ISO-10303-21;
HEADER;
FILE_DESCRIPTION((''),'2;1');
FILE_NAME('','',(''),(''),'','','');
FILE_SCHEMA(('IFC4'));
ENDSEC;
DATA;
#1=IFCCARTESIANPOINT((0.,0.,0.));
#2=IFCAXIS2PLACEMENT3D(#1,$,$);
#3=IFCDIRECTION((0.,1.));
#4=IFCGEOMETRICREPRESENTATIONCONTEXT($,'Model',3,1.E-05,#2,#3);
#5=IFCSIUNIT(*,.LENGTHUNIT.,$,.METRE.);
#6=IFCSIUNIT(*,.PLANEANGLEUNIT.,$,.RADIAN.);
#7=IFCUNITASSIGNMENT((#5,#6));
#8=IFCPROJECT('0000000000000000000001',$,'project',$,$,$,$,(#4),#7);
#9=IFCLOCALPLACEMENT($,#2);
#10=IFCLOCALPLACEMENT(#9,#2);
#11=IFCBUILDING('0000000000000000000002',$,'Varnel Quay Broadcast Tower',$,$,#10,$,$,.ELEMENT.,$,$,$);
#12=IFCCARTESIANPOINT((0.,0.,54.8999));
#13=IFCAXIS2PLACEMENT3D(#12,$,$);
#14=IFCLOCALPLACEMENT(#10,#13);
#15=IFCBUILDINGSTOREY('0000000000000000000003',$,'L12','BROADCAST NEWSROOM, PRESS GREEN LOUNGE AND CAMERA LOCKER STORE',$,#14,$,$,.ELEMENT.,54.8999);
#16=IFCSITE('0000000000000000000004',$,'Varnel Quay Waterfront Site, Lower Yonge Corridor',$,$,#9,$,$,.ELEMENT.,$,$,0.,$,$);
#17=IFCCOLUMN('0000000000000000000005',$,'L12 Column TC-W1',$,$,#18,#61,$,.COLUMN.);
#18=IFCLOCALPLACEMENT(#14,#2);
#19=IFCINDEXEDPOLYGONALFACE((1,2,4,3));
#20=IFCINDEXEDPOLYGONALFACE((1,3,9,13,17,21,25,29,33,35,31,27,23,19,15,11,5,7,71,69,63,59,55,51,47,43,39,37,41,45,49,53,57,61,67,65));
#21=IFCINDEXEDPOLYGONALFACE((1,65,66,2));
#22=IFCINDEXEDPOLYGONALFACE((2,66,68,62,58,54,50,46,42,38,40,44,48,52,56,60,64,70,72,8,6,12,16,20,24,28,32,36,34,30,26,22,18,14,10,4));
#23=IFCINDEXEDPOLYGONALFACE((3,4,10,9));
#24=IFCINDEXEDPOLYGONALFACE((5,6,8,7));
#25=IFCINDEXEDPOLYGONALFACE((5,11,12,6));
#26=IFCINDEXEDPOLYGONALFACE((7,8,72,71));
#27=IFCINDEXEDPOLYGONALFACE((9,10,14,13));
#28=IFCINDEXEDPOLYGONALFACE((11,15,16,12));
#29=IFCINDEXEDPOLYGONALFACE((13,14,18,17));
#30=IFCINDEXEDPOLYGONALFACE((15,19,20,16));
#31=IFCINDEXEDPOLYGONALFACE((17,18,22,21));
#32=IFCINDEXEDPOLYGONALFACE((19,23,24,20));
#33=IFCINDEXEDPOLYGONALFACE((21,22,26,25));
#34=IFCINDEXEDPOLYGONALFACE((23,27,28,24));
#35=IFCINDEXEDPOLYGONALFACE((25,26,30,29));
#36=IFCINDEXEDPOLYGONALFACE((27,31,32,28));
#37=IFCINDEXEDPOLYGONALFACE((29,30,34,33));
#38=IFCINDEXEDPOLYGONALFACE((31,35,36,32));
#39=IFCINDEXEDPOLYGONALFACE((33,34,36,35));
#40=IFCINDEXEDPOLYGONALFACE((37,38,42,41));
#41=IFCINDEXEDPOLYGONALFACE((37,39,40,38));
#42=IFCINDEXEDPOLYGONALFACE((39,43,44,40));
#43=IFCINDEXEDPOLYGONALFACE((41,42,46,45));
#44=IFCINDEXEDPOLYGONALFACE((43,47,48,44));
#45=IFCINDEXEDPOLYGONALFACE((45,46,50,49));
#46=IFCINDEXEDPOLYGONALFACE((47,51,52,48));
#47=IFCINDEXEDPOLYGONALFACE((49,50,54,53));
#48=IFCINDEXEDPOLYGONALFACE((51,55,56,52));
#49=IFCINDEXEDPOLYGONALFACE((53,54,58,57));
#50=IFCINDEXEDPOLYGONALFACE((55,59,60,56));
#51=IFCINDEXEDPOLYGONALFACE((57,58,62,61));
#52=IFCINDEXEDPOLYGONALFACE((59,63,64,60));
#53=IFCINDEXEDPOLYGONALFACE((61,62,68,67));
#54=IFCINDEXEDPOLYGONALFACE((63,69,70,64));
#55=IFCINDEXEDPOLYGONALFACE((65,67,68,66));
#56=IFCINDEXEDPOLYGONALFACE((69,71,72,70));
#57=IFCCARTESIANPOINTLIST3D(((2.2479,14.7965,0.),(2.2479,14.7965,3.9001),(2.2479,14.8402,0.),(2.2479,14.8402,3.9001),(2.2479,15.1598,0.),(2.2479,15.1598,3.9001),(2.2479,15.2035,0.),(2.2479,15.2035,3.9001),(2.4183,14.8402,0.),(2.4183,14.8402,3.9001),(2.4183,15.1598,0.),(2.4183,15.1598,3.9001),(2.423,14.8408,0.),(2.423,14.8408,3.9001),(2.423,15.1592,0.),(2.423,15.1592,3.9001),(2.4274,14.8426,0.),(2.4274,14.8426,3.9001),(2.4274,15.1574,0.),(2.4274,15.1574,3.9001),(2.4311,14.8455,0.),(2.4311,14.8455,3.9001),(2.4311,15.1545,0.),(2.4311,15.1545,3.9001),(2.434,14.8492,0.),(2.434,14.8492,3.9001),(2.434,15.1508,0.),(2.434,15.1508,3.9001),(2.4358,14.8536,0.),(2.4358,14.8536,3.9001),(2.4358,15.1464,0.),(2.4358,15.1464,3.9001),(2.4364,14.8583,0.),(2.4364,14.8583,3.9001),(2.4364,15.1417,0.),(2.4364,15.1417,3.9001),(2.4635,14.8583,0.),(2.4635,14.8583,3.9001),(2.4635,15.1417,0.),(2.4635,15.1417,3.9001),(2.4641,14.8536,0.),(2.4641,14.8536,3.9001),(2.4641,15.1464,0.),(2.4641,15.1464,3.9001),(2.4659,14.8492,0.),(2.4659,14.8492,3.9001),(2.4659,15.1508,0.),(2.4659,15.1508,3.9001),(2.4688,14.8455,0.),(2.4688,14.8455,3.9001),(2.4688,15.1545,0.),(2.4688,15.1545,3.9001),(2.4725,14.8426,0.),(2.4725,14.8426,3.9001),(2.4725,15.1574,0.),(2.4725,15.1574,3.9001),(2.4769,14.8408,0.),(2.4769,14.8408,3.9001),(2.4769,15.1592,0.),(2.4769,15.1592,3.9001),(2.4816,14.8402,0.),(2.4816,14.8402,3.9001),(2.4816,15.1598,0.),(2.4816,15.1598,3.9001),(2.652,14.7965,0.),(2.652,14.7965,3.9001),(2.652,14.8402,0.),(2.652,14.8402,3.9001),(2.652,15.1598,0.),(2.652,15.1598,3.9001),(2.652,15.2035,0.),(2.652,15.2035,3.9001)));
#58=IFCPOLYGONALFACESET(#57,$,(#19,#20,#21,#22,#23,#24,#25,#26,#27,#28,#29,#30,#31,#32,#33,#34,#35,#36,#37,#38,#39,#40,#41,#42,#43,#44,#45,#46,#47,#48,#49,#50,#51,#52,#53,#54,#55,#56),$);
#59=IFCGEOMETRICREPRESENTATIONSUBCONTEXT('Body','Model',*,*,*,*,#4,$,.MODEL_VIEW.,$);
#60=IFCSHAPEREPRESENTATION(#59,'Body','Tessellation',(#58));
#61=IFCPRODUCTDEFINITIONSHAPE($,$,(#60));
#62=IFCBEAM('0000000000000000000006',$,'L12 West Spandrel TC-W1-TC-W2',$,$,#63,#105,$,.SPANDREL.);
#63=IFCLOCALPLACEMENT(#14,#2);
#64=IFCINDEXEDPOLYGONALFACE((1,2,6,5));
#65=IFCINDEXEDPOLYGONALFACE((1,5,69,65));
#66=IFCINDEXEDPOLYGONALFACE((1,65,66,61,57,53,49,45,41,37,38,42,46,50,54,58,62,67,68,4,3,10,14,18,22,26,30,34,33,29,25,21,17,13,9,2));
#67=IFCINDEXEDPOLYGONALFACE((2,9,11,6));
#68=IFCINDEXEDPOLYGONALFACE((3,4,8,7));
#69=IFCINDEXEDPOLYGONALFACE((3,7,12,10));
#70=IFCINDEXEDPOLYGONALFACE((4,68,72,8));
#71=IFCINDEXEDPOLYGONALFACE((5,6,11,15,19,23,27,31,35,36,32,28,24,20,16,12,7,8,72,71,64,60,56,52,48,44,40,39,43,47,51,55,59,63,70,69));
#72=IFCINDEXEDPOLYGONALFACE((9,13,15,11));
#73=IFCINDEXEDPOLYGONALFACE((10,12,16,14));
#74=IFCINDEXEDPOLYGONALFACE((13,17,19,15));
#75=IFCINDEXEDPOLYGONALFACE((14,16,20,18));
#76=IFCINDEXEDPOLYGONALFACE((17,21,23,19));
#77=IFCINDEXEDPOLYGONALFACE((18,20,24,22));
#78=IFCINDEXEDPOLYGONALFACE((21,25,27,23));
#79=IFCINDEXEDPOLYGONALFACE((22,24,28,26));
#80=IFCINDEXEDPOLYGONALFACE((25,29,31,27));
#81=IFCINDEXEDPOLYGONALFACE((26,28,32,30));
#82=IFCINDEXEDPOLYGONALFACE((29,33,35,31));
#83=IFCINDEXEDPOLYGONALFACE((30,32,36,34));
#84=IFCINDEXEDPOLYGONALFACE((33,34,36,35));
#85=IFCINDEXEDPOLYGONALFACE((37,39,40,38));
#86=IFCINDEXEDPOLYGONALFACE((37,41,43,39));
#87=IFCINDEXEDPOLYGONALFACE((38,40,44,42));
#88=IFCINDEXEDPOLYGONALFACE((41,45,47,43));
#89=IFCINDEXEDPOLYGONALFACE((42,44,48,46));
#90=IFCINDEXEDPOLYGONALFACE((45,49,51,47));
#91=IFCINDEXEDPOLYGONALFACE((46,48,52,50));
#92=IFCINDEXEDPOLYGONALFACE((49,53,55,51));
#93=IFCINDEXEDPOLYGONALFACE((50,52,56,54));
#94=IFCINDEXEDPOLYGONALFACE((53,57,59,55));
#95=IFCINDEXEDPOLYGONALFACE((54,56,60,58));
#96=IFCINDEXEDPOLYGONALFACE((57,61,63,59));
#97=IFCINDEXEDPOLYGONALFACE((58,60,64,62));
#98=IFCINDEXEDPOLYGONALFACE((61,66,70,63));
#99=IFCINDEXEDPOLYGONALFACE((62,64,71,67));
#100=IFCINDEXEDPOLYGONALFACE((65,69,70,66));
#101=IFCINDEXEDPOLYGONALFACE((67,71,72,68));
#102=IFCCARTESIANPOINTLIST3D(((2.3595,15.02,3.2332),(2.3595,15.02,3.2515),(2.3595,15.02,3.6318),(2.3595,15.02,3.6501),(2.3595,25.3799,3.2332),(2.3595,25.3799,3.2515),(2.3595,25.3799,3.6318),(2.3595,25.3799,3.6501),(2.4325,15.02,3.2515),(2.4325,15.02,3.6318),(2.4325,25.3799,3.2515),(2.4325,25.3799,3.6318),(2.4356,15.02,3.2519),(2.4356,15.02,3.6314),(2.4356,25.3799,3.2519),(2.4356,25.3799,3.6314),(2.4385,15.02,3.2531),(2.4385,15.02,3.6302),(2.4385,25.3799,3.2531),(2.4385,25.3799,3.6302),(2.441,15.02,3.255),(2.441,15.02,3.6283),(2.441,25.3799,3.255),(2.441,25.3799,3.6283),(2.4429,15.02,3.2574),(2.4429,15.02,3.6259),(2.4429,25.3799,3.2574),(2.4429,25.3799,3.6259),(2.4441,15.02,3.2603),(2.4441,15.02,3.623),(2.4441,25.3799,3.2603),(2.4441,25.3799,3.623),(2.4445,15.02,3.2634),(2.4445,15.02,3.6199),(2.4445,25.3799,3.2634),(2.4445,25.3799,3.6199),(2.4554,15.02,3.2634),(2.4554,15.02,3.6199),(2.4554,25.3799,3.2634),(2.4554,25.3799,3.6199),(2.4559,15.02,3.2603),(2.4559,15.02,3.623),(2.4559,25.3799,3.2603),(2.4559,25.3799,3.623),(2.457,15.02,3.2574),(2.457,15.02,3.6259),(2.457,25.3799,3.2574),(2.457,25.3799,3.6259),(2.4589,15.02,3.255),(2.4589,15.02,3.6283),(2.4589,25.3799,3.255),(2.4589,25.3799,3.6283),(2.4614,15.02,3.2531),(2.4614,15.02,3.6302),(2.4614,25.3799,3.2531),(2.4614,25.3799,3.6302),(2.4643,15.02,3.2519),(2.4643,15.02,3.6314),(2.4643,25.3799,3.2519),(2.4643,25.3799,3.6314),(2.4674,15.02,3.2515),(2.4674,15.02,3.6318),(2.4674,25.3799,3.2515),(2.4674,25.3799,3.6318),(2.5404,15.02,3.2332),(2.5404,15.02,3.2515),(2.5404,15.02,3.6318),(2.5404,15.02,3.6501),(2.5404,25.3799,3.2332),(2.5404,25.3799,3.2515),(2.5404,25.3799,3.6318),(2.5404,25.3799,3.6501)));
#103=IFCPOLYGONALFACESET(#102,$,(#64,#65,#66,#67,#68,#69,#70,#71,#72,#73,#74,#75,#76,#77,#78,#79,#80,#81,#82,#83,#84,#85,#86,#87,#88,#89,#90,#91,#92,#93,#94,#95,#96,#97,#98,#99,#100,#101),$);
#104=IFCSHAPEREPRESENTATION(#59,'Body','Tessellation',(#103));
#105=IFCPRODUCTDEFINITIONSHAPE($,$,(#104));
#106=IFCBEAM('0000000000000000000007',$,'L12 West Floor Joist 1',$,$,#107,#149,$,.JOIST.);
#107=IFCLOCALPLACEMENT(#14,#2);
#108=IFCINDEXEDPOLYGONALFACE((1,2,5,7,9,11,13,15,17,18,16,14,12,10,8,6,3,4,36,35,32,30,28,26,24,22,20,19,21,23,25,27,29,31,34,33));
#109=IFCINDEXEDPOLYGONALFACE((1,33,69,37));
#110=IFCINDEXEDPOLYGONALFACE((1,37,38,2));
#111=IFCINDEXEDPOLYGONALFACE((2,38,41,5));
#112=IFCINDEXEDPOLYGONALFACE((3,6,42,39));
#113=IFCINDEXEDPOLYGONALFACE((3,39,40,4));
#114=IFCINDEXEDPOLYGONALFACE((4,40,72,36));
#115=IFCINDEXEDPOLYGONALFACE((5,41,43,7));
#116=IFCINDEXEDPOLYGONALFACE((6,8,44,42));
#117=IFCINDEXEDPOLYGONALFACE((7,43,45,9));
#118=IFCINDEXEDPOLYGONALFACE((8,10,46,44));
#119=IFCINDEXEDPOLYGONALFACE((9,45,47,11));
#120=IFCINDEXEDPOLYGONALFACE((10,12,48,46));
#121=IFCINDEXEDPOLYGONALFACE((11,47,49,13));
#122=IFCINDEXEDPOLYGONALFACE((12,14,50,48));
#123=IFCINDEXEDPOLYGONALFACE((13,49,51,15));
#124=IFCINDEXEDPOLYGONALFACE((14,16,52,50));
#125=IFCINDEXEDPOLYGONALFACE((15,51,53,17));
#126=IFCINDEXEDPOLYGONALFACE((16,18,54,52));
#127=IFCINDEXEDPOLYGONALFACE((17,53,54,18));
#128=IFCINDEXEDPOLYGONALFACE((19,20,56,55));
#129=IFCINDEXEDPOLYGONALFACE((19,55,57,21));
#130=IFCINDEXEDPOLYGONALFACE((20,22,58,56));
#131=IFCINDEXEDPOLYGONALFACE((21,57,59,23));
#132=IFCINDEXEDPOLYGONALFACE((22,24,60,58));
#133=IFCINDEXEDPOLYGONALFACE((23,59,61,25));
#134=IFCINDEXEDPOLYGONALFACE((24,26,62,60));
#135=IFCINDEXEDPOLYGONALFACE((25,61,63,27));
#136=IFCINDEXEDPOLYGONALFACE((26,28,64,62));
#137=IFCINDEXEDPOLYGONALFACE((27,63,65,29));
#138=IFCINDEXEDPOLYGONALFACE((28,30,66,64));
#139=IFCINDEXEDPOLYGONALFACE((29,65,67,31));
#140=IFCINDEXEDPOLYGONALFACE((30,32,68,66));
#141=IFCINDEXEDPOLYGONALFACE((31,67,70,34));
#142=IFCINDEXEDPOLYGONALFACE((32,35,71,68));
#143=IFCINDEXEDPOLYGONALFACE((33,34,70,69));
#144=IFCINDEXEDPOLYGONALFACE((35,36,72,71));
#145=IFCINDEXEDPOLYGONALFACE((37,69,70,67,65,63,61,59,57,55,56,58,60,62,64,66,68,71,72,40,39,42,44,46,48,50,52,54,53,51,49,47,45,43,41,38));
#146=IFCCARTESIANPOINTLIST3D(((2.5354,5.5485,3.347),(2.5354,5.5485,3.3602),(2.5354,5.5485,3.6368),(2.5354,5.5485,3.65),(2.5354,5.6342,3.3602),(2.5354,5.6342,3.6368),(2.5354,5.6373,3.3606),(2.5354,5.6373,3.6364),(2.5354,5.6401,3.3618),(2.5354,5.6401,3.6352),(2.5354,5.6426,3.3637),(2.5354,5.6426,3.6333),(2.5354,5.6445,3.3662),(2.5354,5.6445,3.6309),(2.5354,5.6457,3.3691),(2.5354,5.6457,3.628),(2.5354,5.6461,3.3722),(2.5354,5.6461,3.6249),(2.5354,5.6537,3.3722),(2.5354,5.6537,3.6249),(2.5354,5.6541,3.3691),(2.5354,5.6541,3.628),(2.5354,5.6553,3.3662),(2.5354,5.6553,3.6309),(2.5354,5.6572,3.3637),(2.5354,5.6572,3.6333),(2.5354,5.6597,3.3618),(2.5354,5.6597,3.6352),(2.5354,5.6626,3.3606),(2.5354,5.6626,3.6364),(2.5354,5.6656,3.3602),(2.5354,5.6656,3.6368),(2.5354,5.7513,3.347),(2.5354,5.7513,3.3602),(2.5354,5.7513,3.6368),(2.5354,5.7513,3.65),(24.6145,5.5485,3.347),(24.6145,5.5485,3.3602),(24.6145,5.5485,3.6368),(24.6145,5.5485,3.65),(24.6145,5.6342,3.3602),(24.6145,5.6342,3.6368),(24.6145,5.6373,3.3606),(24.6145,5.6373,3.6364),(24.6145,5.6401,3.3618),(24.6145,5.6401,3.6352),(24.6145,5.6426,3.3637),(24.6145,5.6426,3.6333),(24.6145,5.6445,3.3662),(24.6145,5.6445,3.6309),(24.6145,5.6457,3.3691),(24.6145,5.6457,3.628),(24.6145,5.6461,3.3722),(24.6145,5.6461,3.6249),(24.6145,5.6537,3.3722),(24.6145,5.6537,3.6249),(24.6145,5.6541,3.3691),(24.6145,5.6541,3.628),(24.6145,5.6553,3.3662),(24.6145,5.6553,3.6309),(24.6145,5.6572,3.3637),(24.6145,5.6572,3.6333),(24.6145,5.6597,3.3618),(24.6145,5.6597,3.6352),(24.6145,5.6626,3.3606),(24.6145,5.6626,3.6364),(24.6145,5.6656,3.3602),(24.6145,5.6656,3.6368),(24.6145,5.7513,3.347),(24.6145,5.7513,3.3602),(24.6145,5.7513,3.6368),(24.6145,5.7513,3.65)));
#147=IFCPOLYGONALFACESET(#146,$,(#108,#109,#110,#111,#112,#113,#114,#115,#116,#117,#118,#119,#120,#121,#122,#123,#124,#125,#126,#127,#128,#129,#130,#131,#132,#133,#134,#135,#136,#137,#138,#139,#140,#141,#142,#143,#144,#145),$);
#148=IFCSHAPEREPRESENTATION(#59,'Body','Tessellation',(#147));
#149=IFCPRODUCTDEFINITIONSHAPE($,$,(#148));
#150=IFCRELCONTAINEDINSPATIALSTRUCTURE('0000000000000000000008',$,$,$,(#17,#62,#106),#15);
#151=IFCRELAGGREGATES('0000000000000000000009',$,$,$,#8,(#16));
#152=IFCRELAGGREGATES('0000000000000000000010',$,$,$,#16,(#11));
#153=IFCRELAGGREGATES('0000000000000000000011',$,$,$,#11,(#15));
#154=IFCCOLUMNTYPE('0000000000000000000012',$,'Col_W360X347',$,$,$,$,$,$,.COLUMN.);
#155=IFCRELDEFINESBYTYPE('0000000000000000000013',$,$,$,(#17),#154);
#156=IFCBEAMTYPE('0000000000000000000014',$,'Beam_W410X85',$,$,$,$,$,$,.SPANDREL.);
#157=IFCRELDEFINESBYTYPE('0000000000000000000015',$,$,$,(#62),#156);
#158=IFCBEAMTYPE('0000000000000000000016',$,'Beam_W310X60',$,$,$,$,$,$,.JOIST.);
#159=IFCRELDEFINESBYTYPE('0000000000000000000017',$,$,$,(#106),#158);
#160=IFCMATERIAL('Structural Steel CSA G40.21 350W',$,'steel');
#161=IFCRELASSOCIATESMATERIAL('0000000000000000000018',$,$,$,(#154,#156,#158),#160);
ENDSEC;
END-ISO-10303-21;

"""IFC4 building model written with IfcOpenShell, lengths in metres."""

from ifc_helpers import new_model, si_unit, direction, frame, origin, origin_2d, place, context, subcontext, project, spatial, i_section, extrude, source, transform, mapped, material, material_profile, profile_set, type_object, type_shapes, element, save


model = new_model("IFC4")

# Units and contexts
model_context = context("Model", 3, precision=1e-05, world=origin(), true_north=direction((0.0, 1.0)))
body_context = subcontext(model_context, "Body", "Model", "MODEL_VIEW")
ifc_project = project(units=[si_unit("LENGTHUNIT", "METRE"), si_unit("PLANEANGLEUNIT", "RADIAN")], contexts=[model_context])

# Site, building, storey
site_placement = place(None, origin())
site = spatial("IfcSite", under=ifc_project, at=site_placement, Name="Varnel Quay Waterfront Site, Lower Yonge Corridor", CompositionType="ELEMENT", RefElevation=0.0)
building_placement = place(site_placement, origin())
building = spatial("IfcBuilding", under=site, at=building_placement, Name="Varnel Quay Broadcast Tower", CompositionType="ELEMENT")
storey_placement = place(building_placement, frame((0.0, 0.0, 54.8999)))
storey = spatial("IfcBuildingStorey", under=building, at=storey_placement, Name="L12", Description="BROADCAST NEWSROOM, PRESS GREEN LOUNGE AND CAMERA LOCKER STORE", CompositionType="ELEMENT", Elevation=54.8999)

# Column
ifc_material_1 = material(Name="Structural Steel CSA G40.21 350W", Category="steel")
ifc_material_profile_1 = material_profile(ifc_material_1, i_section(OverallWidth=0.4041, OverallDepth=0.407, WebThickness=0.0271, FlangeThickness=0.0437, FilletRadius=0.0181, at=origin_2d()), Name="W360X347")
ifc_profile_set_1 = profile_set([ifc_material_profile_1], Name="Structural Steel CSA G40.21 350W")
column_type = type_object("IfcColumnType", Name="Col_W360X347", PredefinedType="COLUMN", material=ifc_profile_set_1)
shared_shape_1 = source(origin(), body_context, "Body", "SweptSolid", [
    extrude(i_section(OverallWidth=0.4041, OverallDepth=0.407, WebThickness=0.0271, FlangeThickness=0.0437, FilletRadius=0.0181, at=origin_2d()), origin(), (0.0, 0.0, 1.0), 3.9001),
])
type_shapes(column_type, [shared_shape_1])
column_placement = place(storey_placement, frame((2.45, 15.0, 0.0), z_axis=(0.0, 0.0, 1.0), x_axis=(1.0, 0.0, 0.0)))
element("IfcColumn", 1, at=column_placement, inside=storey, type_object=column_type, Name="L12 Column TC-W1", PredefinedType="COLUMN", context=body_context, shape_type="MappedRepresentation", body=[
    mapped(shared_shape_1, transform((0.0, 0.0, 0.0), x_axis=(1.0, 0.0, 0.0), y_axis=(0.0, 1.0, 0.0), z_axis=(0.0, 0.0, 1.0), scale=1.0)),
])

# Beams
ifc_material_profile_2 = material_profile(ifc_material_1, i_section(OverallWidth=0.1809, OverallDepth=0.417, WebThickness=0.011, FlangeThickness=0.0183, FilletRadius=0.012, at=origin_2d()), Name="W410X85")
ifc_profile_set_2 = profile_set([ifc_material_profile_2], Name="Structural Steel CSA G40.21 350W")
beam_type_1 = type_object("IfcBeamType", Name="Beam_W410X85", PredefinedType="SPANDREL", material=ifc_profile_set_2)
shared_shape_2 = source(origin(), body_context, "Body", "SweptSolid", [
    extrude(i_section(OverallWidth=0.1809, OverallDepth=0.417, WebThickness=0.011, FlangeThickness=0.0183, FilletRadius=0.012, at=origin_2d()), origin(), (0.0, 0.0, 1.0), 10.3599),
])
type_shapes(beam_type_1, [shared_shape_2])
beam_1_placement = place(storey_placement, frame((2.45, 15.02, 3.4417), z_axis=(0.0, 1.0, 0.0), x_axis=(-1.0, 0.0, 0.0)))
element("IfcBeam", 2, at=beam_1_placement, inside=storey, type_object=beam_type_1, Name="L12 West Spandrel TC-W1-TC-W2", PredefinedType="SPANDREL", context=body_context, shape_type="MappedRepresentation", body=[
    mapped(shared_shape_2, transform((0.0, 0.0, 0.0), x_axis=(1.0, 0.0, 0.0), y_axis=(0.0, 1.0, 0.0), z_axis=(0.0, 0.0, 1.0), scale=1.0)),
])
ifc_material_profile_3 = material_profile(ifc_material_1, i_section(OverallWidth=0.2029, OverallDepth=0.303, WebThickness=0.0076, FlangeThickness=0.0132, FilletRadius=0.012, at=origin_2d()), Name="W310X60")
ifc_profile_set_3 = profile_set([ifc_material_profile_3], Name="Structural Steel CSA G40.21 350W")
beam_type_2 = type_object("IfcBeamType", Name="Beam_W310X60", PredefinedType="JOIST", material=ifc_profile_set_3)
shared_shape_3 = source(origin(), body_context, "Body", "SweptSolid", [
    extrude(i_section(OverallWidth=0.2029, OverallDepth=0.303, WebThickness=0.0076, FlangeThickness=0.0132, FilletRadius=0.012, at=origin_2d()), origin(), (0.0, 0.0, 1.0), 22.0791),
])
type_shapes(beam_type_2, [shared_shape_3])
for number, where, z_axis, x_axis, name in (
    (3, (2.5354, 5.6499, 3.4985), (1.0, 0.0, 0.0), (0.0, 1.0, 0.0), "L12 West Floor Joist 1"),
):
    element("IfcBeam", number, at=place(storey_placement, frame(where, z_axis=z_axis, x_axis=x_axis)), inside=storey, type_object=beam_type_2, Name=name, PredefinedType="JOIST", context=body_context, shape_type="MappedRepresentation", body=[
        mapped(shared_shape_3, transform((0.0, 0.0, 0.0), x_axis=(1.0, 0.0, 0.0), y_axis=(0.0, 1.0, 0.0), z_axis=(0.0, 0.0, 1.0), scale=1.0)),
    ])

save(model, "model.ifc")
